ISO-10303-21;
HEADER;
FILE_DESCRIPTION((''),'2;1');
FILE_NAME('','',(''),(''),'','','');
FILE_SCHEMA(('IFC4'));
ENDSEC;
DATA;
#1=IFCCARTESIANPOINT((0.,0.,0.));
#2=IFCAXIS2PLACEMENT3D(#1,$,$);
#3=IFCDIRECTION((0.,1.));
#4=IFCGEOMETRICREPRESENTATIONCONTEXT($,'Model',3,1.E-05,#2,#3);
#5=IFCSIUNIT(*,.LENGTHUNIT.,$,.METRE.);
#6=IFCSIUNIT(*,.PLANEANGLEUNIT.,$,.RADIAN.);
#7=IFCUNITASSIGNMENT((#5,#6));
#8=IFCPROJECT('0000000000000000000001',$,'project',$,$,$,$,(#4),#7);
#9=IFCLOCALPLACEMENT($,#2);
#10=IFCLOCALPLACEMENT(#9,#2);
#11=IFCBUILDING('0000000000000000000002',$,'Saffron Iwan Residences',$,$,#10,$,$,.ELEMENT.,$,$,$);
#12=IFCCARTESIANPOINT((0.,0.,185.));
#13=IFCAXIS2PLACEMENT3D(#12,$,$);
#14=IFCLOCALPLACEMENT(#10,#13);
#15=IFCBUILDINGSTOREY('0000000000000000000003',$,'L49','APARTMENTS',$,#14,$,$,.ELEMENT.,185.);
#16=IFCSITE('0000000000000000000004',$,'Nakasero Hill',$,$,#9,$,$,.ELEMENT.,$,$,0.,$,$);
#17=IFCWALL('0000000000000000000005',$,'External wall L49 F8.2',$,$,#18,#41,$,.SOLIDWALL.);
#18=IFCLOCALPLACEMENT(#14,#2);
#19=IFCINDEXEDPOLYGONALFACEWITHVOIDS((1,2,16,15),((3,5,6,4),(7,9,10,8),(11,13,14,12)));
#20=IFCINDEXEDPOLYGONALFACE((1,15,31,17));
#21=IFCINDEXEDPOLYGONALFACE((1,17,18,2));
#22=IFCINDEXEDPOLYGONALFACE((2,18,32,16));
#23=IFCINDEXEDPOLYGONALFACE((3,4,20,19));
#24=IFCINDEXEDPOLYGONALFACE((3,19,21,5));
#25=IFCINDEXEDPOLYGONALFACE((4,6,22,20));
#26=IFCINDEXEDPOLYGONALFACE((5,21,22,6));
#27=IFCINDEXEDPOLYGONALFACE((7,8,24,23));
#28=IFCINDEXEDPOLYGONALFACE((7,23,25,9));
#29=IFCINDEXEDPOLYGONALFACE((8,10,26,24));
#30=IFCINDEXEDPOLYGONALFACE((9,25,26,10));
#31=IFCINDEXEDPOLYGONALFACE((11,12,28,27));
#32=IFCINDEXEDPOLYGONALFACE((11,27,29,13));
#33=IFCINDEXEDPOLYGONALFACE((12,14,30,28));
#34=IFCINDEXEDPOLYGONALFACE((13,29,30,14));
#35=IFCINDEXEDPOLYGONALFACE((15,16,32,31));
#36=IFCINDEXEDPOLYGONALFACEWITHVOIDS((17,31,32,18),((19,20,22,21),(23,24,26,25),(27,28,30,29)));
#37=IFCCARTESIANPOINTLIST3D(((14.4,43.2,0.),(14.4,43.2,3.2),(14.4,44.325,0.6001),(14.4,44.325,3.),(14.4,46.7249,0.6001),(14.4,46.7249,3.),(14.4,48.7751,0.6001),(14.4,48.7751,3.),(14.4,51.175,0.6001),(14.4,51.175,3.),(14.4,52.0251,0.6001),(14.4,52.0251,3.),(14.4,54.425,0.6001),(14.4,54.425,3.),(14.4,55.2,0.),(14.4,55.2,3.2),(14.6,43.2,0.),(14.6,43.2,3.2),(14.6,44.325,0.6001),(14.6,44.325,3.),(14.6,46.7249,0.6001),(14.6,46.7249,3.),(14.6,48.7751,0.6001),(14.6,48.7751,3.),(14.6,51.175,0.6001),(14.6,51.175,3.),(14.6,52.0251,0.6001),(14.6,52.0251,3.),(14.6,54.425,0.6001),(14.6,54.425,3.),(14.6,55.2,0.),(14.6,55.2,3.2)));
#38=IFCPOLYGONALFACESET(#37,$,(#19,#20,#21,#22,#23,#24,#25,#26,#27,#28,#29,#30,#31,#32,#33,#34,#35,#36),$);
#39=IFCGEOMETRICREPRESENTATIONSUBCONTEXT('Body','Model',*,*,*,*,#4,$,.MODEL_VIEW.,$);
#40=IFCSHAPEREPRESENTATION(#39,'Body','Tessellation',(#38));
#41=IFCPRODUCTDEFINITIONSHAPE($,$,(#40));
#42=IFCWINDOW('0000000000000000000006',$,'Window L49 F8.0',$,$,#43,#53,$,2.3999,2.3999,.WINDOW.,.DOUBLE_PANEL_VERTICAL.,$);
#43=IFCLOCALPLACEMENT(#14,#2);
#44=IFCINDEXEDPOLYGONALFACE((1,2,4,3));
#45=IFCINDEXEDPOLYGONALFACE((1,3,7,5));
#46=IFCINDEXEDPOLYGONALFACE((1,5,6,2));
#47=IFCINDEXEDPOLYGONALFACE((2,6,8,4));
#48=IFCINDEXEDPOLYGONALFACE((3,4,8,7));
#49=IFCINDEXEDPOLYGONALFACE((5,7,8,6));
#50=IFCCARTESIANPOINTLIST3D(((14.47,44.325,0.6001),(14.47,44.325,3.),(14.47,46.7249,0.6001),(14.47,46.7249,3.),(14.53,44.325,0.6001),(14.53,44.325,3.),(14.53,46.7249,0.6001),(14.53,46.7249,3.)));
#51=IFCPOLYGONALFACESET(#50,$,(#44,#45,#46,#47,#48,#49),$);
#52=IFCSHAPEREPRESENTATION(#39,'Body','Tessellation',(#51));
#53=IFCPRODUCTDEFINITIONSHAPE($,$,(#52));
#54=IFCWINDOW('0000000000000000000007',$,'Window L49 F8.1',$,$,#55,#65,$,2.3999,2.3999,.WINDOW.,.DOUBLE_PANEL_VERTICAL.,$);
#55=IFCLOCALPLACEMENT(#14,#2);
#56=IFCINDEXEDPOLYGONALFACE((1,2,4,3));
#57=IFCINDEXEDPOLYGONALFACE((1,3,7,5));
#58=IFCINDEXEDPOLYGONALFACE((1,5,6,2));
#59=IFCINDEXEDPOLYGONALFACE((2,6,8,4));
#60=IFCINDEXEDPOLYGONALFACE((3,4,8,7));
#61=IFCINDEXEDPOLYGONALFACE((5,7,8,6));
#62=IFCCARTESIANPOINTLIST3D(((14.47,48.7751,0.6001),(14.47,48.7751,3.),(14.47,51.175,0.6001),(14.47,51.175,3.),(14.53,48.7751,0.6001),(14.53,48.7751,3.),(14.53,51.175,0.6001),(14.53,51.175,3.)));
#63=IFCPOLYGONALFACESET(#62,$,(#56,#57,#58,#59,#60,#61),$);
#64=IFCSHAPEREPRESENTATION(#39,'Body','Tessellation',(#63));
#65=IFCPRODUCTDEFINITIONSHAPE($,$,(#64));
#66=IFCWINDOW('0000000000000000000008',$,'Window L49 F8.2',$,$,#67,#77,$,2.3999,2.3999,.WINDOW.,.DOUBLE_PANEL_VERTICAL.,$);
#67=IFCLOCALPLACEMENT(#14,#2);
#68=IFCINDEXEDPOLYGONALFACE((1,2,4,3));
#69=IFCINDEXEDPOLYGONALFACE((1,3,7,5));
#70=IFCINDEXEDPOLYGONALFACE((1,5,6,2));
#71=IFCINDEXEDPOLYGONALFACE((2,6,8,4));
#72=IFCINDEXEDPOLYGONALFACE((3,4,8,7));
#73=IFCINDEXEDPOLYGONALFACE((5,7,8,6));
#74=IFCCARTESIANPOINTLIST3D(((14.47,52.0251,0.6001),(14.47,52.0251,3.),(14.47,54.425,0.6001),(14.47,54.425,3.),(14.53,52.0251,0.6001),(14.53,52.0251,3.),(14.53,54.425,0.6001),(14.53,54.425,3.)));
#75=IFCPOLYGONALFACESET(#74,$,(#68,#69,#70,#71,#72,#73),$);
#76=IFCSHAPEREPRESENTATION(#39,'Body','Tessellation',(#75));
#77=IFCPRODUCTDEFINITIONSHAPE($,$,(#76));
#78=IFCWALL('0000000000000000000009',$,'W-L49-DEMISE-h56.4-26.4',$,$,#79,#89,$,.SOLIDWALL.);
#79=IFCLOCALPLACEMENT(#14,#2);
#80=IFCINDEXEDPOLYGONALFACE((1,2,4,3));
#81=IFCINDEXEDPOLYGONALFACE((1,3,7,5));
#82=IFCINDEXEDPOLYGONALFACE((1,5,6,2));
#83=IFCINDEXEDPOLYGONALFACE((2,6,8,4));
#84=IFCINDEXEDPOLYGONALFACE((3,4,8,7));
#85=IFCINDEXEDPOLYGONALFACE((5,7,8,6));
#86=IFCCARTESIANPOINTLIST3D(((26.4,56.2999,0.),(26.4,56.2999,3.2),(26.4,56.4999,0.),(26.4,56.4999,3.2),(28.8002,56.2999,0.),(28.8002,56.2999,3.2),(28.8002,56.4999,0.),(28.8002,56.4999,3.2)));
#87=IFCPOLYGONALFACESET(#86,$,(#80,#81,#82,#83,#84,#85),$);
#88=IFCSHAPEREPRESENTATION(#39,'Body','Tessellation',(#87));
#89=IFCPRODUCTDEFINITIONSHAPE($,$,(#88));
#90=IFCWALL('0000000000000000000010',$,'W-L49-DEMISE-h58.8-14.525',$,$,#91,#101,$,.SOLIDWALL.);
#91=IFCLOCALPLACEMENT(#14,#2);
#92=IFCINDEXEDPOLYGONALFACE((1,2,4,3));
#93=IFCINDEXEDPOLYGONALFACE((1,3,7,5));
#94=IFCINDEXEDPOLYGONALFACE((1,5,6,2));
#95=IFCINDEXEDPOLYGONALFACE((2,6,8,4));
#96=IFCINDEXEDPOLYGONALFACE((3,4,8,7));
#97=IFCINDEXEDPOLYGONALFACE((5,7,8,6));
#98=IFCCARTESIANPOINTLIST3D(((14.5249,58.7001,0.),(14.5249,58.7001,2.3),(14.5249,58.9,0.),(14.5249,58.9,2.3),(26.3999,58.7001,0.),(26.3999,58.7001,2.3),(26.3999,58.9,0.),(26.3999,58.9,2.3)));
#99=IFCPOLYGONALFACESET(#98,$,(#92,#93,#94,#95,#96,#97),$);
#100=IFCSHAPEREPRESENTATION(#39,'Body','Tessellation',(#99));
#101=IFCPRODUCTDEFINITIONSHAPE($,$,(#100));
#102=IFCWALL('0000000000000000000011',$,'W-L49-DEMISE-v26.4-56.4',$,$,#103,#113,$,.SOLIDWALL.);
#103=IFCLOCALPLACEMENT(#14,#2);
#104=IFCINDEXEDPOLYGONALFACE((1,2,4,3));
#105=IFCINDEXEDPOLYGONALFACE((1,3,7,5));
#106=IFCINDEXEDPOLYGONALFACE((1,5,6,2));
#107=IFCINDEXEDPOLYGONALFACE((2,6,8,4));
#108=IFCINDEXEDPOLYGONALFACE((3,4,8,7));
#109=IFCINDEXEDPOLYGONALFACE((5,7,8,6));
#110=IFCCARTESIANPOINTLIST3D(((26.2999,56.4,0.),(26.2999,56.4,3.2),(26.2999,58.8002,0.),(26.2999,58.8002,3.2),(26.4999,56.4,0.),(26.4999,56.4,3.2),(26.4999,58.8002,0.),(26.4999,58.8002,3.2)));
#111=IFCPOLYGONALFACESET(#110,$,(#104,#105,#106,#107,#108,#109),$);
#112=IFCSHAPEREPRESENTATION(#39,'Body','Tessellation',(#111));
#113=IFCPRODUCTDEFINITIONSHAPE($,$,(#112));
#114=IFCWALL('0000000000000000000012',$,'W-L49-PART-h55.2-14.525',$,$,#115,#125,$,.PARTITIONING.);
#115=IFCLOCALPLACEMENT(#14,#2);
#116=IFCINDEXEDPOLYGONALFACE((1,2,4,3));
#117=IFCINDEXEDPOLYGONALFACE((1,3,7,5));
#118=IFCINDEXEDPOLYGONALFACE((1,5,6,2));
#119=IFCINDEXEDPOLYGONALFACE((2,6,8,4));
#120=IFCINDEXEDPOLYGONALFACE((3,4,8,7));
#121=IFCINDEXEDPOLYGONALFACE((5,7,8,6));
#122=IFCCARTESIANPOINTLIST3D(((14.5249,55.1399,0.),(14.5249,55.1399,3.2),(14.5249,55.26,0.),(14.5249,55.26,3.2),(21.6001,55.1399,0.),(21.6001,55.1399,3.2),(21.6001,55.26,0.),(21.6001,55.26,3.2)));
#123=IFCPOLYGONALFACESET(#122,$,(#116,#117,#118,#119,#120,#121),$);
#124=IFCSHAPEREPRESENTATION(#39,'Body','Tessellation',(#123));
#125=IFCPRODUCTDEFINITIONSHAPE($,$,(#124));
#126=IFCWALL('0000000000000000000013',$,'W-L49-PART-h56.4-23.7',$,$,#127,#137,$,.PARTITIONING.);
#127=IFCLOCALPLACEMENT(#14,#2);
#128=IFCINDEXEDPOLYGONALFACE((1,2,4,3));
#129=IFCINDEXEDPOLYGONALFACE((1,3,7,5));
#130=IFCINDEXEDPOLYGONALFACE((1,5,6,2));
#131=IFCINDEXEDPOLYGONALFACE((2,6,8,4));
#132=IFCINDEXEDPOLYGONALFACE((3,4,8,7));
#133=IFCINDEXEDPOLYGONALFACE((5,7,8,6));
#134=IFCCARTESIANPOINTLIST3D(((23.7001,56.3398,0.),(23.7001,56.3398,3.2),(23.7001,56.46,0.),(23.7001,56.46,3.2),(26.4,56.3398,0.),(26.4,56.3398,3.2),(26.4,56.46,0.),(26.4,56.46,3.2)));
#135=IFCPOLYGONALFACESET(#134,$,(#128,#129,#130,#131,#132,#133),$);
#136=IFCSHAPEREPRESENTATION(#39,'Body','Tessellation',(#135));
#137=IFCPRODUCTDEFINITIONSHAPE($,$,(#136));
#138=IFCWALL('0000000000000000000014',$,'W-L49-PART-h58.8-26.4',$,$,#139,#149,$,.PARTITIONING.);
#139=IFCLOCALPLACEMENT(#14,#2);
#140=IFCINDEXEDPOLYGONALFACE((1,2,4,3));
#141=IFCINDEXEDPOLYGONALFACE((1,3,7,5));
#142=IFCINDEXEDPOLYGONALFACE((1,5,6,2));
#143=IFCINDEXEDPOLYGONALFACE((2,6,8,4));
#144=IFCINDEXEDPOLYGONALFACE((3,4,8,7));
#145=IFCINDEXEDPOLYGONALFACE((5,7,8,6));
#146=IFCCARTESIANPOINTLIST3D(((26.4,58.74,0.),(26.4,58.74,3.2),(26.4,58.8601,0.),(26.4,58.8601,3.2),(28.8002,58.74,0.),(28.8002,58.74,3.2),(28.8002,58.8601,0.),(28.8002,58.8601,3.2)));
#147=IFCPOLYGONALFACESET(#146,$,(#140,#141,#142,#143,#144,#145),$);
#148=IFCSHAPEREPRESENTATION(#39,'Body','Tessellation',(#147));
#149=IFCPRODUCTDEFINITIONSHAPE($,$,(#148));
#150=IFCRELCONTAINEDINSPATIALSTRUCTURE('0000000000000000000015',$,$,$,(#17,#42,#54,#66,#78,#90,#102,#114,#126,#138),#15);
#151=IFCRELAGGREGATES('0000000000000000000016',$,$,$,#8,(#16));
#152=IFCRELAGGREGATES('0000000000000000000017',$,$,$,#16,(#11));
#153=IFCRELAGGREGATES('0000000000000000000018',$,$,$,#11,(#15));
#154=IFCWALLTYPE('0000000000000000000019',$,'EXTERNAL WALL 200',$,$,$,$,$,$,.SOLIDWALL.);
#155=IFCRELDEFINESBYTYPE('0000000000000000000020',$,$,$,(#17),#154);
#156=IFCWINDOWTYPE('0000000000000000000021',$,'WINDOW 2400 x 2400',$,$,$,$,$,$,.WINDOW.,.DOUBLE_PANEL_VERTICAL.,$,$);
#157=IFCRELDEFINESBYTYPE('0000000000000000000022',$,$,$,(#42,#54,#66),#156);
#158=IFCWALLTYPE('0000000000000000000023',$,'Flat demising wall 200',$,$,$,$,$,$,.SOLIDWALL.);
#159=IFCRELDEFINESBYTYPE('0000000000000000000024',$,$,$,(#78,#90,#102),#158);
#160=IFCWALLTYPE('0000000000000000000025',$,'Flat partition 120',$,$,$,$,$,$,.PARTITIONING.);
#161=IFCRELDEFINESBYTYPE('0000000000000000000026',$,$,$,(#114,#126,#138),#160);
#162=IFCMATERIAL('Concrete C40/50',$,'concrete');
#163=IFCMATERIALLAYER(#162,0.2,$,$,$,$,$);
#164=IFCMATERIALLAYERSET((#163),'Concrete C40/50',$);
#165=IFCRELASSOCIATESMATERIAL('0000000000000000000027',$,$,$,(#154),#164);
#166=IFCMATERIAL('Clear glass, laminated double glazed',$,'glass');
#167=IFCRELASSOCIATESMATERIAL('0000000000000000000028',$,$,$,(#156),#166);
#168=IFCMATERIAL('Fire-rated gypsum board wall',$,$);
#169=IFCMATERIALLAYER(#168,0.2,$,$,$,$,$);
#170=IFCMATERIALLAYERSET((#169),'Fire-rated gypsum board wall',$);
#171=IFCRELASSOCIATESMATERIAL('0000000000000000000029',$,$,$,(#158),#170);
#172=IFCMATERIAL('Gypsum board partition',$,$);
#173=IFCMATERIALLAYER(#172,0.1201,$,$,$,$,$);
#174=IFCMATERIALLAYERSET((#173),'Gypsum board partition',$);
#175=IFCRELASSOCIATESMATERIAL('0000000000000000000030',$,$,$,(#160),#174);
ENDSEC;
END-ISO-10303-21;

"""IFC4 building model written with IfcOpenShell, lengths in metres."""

from ifc_helpers import new_model, si_unit, direction, frame, frame_2d, origin, place, context, subcontext, project, spatial, rectangle, extrude, material, layer, layer_set, type_object, element, fill, save


model = new_model("IFC4")

# Units and contexts
model_context = context("Model", 3, precision=1e-05, world=origin(), true_north=direction((0.0, 1.0)))
body_context = subcontext(model_context, "Body", "Model", "MODEL_VIEW")
ifc_project = project(units=[si_unit("LENGTHUNIT", "METRE"), si_unit("PLANEANGLEUNIT", "RADIAN")], contexts=[model_context])

# Site, building, storey
site_placement = place(None, origin())
site = spatial("IfcSite", under=ifc_project, at=site_placement, Name="Nakasero Hill", CompositionType="ELEMENT", RefElevation=0.0)
building_placement = place(site_placement, origin())
building = spatial("IfcBuilding", under=site, at=building_placement, Name="Saffron Iwan Residences", CompositionType="ELEMENT")
storey_placement = place(building_placement, frame((0.0, 0.0, 185.0)))
storey = spatial("IfcBuildingStorey", under=building, at=storey_placement, Name="L49", Description="APARTMENTS", CompositionType="ELEMENT", Elevation=185.0)

# Shared definitions
ifc_material_1 = material(Name="Concrete C40/50", Category="concrete")
ifc_layer_1 = layer(ifc_material_1, 0.2)
ifc_layer_set_1 = layer_set([ifc_layer_1], Name="Concrete C40/50")
wall_type_1 = type_object("IfcWallType", Name="EXTERNAL WALL 200", PredefinedType="SOLIDWALL", material=ifc_layer_set_1)
ifc_material_2 = material(Name="Clear glass, laminated double glazed", Category="glass")

# Wall, openings, windows
wall_1_placement = place(storey_placement, frame((14.5, 55.2, 0.0), z_axis=(0.0, 0.0, 1.0), x_axis=(0.0, -1.0, 0.0)))
wall_1 = element("IfcWall", 1, at=wall_1_placement, inside=storey, type_object=wall_type_1, Name="External wall L49 F8.2", PredefinedType="SOLIDWALL", context=body_context, shape_type="SweptSolid", body=[
    extrude(rectangle(XDim=12.0, YDim=0.2, at=frame_2d((6.0, 0.0))), origin(), (0.0, 0.0, 1.0), 3.2),
])
opening_1_placement = place(wall_1_placement, frame((8.4751, 0.0, 0.6001)))
opening_1 = element("IfcOpeningElement", 2, at=opening_1_placement, cuts=wall_1, PredefinedType="OPENING", context=body_context, shape_type="SweptSolid", body=[
    extrude(rectangle(XDim=2.3999, YDim=2.3999, at=frame_2d((1.2, 1.2))), frame((0.0, 0.1099, 0.0), z_axis=(0.0, -1.0, 0.0), x_axis=(1.0, 0.0, 0.0)), (0.0, 0.0, 1.0), 0.22),
])
opening_2_placement = place(wall_1_placement, frame((4.0249, 0.0, 0.6001)))
opening_2 = element("IfcOpeningElement", 3, at=opening_2_placement, cuts=wall_1, PredefinedType="OPENING", context=body_context, shape_type="SweptSolid", body=[
    extrude(rectangle(XDim=2.3999, YDim=2.3999, at=frame_2d((1.2, 1.2))), frame((0.0, 0.1099, 0.0), z_axis=(0.0, -1.0, 0.0), x_axis=(1.0, 0.0, 0.0)), (0.0, 0.0, 1.0), 0.22),
])
opening_3_placement = place(wall_1_placement, frame((0.7749, 0.0, 0.6001)))
opening_3 = element("IfcOpeningElement", 4, at=opening_3_placement, cuts=wall_1, PredefinedType="OPENING", context=body_context, shape_type="SweptSolid", body=[
    extrude(rectangle(XDim=2.3999, YDim=2.3999, at=frame_2d((1.2, 1.2))), frame((0.0, 0.1099, 0.0), z_axis=(0.0, -1.0, 0.0), x_axis=(1.0, 0.0, 0.0)), (0.0, 0.0, 1.0), 0.22),
])
window_type_1 = type_object("IfcWindowType", Name="WINDOW 2400 x 2400", PartitioningType="DOUBLE_PANEL_VERTICAL", PredefinedType="WINDOW", material=ifc_material_2)
window_1_placement = place(opening_1_placement, origin())
window_1 = element("IfcWindow", 5, at=window_1_placement, inside=storey, type_object=window_type_1, Name="Window L49 F8.0", OverallHeight=2.3999, OverallWidth=2.3999, PartitioningType="DOUBLE_PANEL_VERTICAL", PredefinedType="WINDOW", context=body_context, shape_type="SweptSolid", body=[
    extrude(rectangle(XDim=2.3999, YDim=2.3999, at=frame_2d((1.2, 1.2))), frame((0.0, 0.03, 0.0), z_axis=(0.0, -1.0, 0.0), x_axis=(1.0, 0.0, 0.0)), (0.0, 0.0, 1.0), 0.0601),
])
fill(opening_1, window_1)
window_2_placement = place(opening_2_placement, origin())
window_2 = element("IfcWindow", 6, at=window_2_placement, inside=storey, type_object=window_type_1, Name="Window L49 F8.1", OverallHeight=2.3999, OverallWidth=2.3999, PartitioningType="DOUBLE_PANEL_VERTICAL", PredefinedType="WINDOW", context=body_context, shape_type="SweptSolid", body=[
    extrude(rectangle(XDim=2.3999, YDim=2.3999, at=frame_2d((1.2, 1.2))), frame((0.0, 0.03, 0.0), z_axis=(0.0, -1.0, 0.0), x_axis=(1.0, 0.0, 0.0)), (0.0, 0.0, 1.0), 0.0601),
])
fill(opening_2, window_2)
window_3_placement = place(opening_3_placement, origin())
window_3 = element("IfcWindow", 7, at=window_3_placement, inside=storey, type_object=window_type_1, Name="Window L49 F8.2", OverallHeight=2.3999, OverallWidth=2.3999, PartitioningType="DOUBLE_PANEL_VERTICAL", PredefinedType="WINDOW", context=body_context, shape_type="SweptSolid", body=[
    extrude(rectangle(XDim=2.3999, YDim=2.3999, at=frame_2d((1.2, 1.2))), frame((0.0, 0.03, 0.0), z_axis=(0.0, -1.0, 0.0), x_axis=(1.0, 0.0, 0.0)), (0.0, 0.0, 1.0), 0.0601),
])
fill(opening_3, window_3)

# Walls
ifc_material_3 = material(Name="Fire-rated gypsum board wall")
ifc_layer_2 = layer(ifc_material_3, 0.2)
ifc_layer_set_2 = layer_set([ifc_layer_2], Name="Fire-rated gypsum board wall")
wall_type_2 = type_object("IfcWallType", Name="Flat demising wall 200", PredefinedType="SOLIDWALL", material=ifc_layer_set_2)
wall_2_placement = place(storey_placement, frame((26.3999, 56.3999, 0.0), z_axis=(0.0, 0.0, 1.0), x_axis=(1.0, 0.0, 0.0)))
element("IfcWall", 8, at=wall_2_placement, inside=storey, type_object=wall_type_2, Name="W-L49-DEMISE-h56.4-26.4", PredefinedType="SOLIDWALL", context=body_context, shape_type="SweptSolid", body=[
    extrude(rectangle(XDim=2.4001, YDim=0.2, at=frame_2d((1.2002, 0.0))), origin(), (0.0, 0.0, 1.0), 3.2),
])
wall_3_placement = place(storey_placement, frame((14.5249, 58.8, 0.0), z_axis=(0.0, 0.0, 1.0), x_axis=(1.0, 0.0, 0.0)))
element("IfcWall", 9, at=wall_3_placement, inside=storey, type_object=wall_type_2, Name="W-L49-DEMISE-h58.8-14.525", PredefinedType="SOLIDWALL", context=body_context, shape_type="SweptSolid", body=[
    extrude(rectangle(XDim=11.875, YDim=0.2, at=frame_2d((5.9375, 0.0))), origin(), (0.0, 0.0, 1.0), 2.3),
])
wall_4_placement = place(storey_placement, frame((26.3999, 56.3999, 0.0), z_axis=(0.0, 0.0, 1.0), x_axis=(0.0, 1.0, 0.0)))
element("IfcWall", 10, at=wall_4_placement, inside=storey, type_object=wall_type_2, Name="W-L49-DEMISE-v26.4-56.4", PredefinedType="SOLIDWALL", context=body_context, shape_type="SweptSolid", body=[
    extrude(rectangle(XDim=2.4001, YDim=0.2, at=frame_2d((1.2002, 0.0))), origin(), (0.0, 0.0, 1.0), 3.2),
])
ifc_material_4 = material(Name="Gypsum board partition")
ifc_layer_3 = layer(ifc_material_4, 0.1201)
ifc_layer_set_3 = layer_set([ifc_layer_3], Name="Gypsum board partition")
wall_type_3 = type_object("IfcWallType", Name="Flat partition 120", PredefinedType="PARTITIONING", material=ifc_layer_set_3)
wall_5_placement = place(storey_placement, frame((14.5249, 55.2, 0.0), z_axis=(0.0, 0.0, 1.0), x_axis=(1.0, 0.0, 0.0)))
element("IfcWall", 11, at=wall_5_placement, inside=storey, type_object=wall_type_3, Name="W-L49-PART-h55.2-14.525", PredefinedType="PARTITIONING", context=body_context, shape_type="SweptSolid", body=[
    extrude(rectangle(XDim=7.0752, YDim=0.1201, at=frame_2d((3.5376, 0.0))), origin(), (0.0, 0.0, 1.0), 3.2),
])
wall_6_placement = place(storey_placement, frame((23.7, 56.3999, 0.0), z_axis=(0.0, 0.0, 1.0), x_axis=(1.0, 0.0, 0.0)))
element("IfcWall", 12, at=wall_6_placement, inside=storey, type_object=wall_type_3, Name="W-L49-PART-h56.4-23.7", PredefinedType="PARTITIONING", context=body_context, shape_type="SweptSolid", body=[
    extrude(rectangle(XDim=2.7, YDim=0.1201, at=frame_2d((1.3501, 0.0))), origin(), (0.0, 0.0, 1.0), 3.2),
])
wall_7_placement = place(storey_placement, frame((26.3999, 58.8, 0.0), z_axis=(0.0, 0.0, 1.0), x_axis=(1.0, 0.0, 0.0)))
element("IfcWall", 13, at=wall_7_placement, inside=storey, type_object=wall_type_3, Name="W-L49-PART-h58.8-26.4", PredefinedType="PARTITIONING", context=body_context, shape_type="SweptSolid", body=[
    extrude(rectangle(XDim=2.4001, YDim=0.1201, at=frame_2d((1.2002, 0.0))), origin(), (0.0, 0.0, 1.0), 3.2),
])

save(model, "model.ifc")
